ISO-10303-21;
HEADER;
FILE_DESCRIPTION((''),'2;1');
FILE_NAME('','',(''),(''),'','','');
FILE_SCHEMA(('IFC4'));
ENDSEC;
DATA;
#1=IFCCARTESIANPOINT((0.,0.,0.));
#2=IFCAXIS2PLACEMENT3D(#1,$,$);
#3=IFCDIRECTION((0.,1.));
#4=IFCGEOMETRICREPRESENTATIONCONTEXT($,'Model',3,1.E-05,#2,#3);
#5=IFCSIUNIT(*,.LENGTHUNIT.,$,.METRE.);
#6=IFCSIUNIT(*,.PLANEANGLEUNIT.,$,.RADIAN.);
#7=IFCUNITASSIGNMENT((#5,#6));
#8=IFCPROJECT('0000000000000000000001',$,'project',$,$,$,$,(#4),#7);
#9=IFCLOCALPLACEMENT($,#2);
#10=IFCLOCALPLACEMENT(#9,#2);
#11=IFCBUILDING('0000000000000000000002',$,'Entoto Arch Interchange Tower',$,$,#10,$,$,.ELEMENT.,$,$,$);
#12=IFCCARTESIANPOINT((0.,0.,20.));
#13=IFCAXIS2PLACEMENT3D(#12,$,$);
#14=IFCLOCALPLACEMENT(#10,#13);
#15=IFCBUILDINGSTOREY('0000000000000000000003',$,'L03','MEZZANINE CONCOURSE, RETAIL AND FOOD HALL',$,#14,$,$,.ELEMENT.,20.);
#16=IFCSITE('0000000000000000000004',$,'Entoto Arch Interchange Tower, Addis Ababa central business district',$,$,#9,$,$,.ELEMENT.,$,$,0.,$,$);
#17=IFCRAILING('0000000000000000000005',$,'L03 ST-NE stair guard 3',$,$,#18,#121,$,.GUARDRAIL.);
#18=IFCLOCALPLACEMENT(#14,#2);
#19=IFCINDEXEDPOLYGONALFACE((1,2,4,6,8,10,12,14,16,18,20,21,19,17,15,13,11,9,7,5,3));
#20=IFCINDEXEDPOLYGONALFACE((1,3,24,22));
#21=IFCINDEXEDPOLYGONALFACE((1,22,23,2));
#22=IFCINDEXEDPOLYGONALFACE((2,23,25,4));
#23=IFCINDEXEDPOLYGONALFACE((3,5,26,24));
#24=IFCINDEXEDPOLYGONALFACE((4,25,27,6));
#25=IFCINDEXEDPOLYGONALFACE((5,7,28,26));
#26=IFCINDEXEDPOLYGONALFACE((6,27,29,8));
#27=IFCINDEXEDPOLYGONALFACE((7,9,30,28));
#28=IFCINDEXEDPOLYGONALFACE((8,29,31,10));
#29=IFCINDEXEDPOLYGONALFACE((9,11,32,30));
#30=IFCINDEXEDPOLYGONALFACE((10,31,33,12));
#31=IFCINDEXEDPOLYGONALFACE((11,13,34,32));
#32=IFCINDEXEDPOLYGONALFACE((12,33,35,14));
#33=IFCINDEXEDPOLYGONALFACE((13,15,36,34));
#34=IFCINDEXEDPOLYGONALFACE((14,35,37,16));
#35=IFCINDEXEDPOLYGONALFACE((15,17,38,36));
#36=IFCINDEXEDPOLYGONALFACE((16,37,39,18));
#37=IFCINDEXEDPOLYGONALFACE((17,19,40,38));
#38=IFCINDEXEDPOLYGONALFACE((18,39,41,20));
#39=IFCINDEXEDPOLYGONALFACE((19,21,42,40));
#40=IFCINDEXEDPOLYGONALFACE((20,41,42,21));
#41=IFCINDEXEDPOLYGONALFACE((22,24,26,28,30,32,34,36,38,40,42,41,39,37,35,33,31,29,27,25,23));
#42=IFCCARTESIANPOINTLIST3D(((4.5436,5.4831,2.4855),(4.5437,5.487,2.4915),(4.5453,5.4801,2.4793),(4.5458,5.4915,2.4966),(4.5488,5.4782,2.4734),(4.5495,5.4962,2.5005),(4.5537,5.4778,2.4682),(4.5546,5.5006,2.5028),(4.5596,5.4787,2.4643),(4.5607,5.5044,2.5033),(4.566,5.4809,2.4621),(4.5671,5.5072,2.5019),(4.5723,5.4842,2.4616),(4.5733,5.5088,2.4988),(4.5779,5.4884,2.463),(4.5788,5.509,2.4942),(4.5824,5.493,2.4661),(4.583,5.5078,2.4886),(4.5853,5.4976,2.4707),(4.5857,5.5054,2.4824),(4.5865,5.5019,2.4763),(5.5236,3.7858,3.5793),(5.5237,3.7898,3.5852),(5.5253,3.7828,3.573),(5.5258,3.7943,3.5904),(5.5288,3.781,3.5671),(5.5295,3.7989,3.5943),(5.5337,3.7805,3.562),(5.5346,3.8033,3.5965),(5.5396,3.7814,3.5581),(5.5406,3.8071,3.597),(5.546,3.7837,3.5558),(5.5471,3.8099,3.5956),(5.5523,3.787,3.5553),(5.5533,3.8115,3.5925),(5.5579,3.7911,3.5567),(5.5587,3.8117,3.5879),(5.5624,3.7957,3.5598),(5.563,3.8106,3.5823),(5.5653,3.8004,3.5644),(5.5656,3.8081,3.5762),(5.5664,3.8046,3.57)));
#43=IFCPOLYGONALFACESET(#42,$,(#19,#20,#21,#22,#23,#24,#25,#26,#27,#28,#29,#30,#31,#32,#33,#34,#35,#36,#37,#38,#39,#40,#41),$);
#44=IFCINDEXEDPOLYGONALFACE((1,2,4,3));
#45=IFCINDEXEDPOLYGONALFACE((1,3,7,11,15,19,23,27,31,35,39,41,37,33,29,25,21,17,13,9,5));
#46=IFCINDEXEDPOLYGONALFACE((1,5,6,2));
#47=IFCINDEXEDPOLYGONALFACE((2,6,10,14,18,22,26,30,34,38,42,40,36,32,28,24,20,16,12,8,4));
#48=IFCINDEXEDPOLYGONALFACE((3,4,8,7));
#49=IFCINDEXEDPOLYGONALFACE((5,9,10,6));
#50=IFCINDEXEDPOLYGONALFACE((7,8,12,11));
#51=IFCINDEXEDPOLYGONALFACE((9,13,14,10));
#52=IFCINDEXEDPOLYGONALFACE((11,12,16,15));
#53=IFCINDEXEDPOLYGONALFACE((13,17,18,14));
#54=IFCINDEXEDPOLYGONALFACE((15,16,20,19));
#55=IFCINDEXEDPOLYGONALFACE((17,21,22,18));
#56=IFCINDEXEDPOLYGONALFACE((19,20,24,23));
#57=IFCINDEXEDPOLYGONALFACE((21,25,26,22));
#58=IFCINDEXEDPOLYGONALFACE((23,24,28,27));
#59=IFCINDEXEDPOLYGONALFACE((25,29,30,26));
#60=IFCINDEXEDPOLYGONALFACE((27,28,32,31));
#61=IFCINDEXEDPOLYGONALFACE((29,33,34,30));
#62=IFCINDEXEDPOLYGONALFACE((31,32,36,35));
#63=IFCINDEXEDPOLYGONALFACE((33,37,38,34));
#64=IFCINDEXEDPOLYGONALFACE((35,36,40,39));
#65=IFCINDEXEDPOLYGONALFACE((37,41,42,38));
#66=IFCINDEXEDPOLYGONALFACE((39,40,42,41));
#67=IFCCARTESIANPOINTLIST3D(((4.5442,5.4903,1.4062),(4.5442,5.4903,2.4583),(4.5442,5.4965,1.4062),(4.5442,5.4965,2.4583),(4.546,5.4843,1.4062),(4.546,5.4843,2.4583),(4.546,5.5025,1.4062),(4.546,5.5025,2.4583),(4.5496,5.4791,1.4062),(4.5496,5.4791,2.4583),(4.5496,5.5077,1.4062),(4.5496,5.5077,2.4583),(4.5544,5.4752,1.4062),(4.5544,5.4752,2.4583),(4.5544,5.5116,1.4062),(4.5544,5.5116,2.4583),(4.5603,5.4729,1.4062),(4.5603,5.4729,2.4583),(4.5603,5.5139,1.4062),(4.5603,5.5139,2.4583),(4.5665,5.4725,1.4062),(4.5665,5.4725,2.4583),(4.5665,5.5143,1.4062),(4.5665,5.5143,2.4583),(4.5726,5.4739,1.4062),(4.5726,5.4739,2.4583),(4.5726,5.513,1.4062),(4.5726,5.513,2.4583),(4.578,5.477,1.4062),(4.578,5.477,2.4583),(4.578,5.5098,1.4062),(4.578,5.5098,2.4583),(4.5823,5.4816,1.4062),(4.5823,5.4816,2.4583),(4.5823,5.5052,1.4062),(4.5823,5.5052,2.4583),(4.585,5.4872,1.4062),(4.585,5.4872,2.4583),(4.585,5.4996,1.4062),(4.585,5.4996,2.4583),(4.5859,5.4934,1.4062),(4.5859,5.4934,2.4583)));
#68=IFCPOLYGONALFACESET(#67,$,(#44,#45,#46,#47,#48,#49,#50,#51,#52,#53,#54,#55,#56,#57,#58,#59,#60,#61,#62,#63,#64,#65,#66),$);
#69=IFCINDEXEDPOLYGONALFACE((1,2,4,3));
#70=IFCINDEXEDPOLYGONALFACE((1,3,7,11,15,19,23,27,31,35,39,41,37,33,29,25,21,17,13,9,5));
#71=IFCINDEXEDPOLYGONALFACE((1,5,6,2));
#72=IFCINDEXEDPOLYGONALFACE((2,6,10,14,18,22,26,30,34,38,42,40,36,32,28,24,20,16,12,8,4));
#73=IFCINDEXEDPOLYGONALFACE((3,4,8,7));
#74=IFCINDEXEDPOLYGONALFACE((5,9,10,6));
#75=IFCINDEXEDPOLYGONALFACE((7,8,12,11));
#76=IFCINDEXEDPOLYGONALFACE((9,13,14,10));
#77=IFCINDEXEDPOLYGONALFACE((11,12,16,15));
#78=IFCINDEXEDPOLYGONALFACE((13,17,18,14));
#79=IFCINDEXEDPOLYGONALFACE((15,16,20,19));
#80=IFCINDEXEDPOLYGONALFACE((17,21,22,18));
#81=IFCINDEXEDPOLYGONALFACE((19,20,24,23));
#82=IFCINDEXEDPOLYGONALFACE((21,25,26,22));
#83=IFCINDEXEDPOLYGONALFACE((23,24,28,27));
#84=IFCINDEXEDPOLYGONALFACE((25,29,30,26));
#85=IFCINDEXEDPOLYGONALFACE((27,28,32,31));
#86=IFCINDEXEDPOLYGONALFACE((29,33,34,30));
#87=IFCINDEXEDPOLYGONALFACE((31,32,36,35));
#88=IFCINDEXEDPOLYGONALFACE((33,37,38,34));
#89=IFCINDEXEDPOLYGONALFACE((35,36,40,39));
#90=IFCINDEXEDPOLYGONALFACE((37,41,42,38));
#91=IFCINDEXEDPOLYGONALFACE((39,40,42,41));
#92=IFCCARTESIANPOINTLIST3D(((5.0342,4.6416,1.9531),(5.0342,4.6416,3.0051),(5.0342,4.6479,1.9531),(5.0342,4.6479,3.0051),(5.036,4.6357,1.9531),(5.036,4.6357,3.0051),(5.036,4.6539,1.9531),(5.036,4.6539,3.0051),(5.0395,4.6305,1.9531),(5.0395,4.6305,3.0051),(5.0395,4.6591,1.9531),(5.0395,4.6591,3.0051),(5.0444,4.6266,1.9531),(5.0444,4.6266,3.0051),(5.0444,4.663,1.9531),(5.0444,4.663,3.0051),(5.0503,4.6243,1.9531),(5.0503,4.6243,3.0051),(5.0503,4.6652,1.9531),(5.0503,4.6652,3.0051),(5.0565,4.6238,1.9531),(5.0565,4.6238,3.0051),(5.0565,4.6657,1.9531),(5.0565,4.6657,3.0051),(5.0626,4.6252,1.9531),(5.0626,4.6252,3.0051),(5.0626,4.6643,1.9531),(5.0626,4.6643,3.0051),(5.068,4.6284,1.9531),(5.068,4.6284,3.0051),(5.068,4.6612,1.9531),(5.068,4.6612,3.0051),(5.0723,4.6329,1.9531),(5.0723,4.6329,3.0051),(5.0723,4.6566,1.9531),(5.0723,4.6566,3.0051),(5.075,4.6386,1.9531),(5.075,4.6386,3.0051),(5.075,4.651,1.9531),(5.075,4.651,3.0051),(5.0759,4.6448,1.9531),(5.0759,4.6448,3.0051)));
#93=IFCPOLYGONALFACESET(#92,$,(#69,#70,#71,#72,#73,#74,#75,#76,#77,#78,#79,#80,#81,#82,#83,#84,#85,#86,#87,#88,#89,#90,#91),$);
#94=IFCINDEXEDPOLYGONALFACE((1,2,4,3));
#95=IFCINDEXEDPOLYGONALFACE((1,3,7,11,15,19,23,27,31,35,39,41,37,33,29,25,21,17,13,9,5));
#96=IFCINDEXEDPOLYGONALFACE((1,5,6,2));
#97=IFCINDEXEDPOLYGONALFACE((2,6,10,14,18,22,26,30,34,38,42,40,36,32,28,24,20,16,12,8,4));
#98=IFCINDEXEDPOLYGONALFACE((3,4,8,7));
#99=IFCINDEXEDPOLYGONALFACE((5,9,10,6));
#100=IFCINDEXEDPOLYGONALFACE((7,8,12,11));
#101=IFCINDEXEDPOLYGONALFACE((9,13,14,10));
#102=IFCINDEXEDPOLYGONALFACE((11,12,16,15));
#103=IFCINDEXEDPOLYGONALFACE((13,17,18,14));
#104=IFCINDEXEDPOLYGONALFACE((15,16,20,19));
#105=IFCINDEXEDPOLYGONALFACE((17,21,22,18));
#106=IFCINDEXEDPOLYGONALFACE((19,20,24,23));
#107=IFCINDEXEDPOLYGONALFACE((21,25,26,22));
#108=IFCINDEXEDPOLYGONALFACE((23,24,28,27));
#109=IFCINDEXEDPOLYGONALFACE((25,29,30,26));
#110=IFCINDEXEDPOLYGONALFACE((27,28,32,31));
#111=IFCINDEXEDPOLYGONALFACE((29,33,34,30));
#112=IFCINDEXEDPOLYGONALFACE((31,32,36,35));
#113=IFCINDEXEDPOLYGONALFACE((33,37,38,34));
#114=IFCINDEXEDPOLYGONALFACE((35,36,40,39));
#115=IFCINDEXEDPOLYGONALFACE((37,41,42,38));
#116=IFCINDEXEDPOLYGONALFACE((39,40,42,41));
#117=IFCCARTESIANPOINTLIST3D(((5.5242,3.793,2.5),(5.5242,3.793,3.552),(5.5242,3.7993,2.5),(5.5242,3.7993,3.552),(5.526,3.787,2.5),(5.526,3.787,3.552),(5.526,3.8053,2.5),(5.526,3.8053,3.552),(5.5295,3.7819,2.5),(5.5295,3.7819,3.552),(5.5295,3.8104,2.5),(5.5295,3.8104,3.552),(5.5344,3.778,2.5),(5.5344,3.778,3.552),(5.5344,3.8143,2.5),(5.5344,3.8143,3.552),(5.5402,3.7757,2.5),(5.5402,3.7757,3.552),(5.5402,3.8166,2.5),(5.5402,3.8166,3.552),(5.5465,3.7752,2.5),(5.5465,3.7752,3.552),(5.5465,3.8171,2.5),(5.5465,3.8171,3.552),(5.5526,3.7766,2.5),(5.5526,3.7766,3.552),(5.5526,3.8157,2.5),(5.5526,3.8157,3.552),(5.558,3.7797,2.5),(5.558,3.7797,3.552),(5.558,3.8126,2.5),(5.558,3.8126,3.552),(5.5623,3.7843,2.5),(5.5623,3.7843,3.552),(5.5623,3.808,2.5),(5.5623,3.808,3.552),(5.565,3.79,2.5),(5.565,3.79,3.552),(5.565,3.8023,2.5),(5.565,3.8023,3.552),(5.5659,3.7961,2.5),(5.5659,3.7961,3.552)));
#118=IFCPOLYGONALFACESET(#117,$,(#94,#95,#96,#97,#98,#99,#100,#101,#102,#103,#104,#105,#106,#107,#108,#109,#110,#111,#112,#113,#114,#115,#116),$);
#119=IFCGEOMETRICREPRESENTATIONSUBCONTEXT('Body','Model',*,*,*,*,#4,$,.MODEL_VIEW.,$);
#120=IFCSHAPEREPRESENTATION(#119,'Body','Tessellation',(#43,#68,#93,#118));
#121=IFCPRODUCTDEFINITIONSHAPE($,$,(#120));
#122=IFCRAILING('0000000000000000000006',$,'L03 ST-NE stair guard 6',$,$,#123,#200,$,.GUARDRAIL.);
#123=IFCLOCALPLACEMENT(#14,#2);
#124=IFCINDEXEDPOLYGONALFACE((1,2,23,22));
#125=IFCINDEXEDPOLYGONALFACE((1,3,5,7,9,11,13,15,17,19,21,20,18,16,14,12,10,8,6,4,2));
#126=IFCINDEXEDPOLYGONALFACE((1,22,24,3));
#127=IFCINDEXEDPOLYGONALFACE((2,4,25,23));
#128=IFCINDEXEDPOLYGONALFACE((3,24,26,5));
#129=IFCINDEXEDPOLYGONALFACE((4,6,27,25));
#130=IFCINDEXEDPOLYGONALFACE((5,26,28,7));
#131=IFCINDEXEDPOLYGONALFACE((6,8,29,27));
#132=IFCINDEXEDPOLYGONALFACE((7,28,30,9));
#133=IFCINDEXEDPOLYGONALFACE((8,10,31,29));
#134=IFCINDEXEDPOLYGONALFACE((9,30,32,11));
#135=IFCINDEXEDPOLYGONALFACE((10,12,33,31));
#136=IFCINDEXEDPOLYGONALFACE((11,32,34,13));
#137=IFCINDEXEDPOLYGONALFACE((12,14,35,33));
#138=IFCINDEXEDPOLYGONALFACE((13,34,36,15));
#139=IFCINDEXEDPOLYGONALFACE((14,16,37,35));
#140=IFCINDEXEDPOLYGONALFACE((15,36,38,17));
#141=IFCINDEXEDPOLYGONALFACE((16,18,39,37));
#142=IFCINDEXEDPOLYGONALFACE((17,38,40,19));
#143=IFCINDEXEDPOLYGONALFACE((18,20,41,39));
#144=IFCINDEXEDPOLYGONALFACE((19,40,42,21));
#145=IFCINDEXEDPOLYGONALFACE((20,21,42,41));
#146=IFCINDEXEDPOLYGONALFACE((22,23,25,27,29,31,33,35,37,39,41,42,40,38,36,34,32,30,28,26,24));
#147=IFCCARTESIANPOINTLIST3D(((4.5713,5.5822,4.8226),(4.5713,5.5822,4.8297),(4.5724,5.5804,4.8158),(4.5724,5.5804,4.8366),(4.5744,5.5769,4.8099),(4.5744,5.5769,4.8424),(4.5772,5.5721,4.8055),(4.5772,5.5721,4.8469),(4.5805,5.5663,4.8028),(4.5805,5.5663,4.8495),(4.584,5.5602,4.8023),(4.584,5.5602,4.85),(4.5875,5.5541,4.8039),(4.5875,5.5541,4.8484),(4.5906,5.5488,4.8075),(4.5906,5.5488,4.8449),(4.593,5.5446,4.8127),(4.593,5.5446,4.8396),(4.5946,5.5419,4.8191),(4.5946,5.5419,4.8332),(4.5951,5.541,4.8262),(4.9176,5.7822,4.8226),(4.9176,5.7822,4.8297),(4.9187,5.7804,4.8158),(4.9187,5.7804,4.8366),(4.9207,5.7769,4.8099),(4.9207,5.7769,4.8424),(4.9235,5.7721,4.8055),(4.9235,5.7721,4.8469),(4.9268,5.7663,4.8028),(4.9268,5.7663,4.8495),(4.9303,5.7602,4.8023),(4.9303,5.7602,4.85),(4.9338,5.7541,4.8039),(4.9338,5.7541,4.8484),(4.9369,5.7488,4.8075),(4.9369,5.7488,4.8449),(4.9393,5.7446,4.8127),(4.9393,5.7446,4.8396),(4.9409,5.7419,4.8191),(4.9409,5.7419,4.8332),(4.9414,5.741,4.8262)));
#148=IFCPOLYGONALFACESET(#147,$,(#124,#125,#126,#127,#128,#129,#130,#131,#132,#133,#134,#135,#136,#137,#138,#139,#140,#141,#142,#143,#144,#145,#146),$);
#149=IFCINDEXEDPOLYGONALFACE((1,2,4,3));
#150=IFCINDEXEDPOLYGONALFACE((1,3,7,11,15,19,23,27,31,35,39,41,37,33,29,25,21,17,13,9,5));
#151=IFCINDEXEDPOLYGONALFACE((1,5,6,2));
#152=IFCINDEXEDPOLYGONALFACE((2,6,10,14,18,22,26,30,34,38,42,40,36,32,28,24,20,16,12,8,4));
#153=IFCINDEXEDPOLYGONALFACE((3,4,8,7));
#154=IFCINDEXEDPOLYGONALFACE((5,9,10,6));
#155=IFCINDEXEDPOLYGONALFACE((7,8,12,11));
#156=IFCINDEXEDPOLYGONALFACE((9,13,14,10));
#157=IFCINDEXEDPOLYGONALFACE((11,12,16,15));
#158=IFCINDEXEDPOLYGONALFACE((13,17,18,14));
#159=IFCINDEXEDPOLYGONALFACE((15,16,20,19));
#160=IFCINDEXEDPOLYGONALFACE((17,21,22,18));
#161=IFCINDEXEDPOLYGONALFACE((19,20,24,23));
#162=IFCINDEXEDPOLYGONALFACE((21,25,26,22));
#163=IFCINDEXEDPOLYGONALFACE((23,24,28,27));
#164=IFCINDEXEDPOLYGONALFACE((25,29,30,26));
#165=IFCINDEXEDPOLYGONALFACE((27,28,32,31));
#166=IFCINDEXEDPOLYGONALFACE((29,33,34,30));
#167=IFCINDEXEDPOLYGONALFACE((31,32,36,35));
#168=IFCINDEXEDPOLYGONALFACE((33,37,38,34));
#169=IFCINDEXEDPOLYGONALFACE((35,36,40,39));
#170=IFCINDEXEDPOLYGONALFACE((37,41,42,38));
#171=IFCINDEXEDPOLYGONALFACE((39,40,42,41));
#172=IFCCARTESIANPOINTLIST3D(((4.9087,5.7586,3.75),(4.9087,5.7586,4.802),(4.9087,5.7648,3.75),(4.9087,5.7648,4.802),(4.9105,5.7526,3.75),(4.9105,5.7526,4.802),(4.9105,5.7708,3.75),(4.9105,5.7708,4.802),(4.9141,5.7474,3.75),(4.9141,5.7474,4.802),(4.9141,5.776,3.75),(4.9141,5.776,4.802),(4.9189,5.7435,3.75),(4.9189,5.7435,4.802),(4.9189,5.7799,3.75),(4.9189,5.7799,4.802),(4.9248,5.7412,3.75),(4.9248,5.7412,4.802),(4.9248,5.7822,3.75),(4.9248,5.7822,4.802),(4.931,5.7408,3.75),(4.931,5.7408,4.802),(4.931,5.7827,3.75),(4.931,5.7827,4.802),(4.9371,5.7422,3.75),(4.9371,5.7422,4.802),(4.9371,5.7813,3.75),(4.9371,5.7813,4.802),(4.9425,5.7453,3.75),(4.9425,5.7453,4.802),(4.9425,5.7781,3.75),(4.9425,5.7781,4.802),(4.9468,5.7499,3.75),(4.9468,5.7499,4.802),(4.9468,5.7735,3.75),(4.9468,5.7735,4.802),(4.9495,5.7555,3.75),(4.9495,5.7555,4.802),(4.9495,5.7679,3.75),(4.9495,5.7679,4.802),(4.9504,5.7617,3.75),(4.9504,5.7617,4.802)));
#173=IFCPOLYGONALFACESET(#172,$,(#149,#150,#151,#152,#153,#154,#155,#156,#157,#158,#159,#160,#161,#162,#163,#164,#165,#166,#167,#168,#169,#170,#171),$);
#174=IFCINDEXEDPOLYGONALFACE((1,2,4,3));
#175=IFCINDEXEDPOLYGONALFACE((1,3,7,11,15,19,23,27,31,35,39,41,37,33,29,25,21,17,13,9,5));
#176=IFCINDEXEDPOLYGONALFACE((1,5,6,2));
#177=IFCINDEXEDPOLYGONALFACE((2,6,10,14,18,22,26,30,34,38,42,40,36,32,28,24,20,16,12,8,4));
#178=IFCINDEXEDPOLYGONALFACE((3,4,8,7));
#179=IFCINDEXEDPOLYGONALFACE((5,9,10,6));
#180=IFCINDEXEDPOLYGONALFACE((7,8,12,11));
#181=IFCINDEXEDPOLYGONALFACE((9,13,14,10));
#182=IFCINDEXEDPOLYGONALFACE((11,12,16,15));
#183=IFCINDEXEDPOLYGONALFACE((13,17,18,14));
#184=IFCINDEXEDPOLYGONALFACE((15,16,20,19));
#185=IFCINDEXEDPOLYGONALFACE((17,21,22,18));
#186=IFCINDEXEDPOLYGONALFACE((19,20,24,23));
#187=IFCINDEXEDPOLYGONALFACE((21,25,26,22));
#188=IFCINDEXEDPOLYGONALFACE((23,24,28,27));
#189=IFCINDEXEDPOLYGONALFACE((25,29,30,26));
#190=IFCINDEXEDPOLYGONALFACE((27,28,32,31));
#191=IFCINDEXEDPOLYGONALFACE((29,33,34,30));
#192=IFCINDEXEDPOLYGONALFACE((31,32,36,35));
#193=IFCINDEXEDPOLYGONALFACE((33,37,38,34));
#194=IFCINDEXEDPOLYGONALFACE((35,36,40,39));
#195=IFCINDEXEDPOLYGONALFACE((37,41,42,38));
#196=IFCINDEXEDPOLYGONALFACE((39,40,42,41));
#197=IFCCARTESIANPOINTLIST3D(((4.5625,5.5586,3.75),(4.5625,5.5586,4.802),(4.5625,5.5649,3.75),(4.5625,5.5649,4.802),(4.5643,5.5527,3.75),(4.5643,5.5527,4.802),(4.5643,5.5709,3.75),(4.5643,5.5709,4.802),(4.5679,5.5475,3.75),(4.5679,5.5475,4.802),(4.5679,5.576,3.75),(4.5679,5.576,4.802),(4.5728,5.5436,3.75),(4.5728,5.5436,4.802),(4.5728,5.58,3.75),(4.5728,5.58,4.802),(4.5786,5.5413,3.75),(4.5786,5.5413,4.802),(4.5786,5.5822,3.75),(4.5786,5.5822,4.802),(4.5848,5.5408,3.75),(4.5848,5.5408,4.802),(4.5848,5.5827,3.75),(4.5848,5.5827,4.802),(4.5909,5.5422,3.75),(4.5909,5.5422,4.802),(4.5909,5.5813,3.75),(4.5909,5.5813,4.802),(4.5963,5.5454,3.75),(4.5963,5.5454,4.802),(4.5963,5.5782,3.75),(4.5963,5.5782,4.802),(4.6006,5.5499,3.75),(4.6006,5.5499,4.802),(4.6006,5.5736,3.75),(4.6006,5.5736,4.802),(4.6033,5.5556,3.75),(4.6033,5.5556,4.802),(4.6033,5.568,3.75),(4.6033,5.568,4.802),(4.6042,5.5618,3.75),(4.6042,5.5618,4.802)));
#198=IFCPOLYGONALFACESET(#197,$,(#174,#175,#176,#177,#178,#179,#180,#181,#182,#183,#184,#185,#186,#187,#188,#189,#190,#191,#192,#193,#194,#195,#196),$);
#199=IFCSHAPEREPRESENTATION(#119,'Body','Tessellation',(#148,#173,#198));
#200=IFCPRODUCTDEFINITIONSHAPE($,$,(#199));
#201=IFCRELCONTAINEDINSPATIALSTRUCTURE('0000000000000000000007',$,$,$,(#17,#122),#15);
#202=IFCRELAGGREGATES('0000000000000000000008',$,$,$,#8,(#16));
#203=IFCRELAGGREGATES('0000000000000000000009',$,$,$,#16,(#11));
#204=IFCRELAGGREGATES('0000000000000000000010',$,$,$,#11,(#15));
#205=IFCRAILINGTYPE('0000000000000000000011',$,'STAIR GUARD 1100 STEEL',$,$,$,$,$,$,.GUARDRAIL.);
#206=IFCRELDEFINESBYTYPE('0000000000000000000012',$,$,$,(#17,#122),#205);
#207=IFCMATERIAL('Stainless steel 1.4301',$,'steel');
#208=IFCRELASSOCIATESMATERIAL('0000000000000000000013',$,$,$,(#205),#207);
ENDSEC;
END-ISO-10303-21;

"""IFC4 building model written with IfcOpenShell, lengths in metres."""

from ifc_helpers import new_model, si_unit, direction, frame, origin, origin_2d, place, context, subcontext, project, spatial, circle, extrude, material, type_object, element, save


model = new_model("IFC4")

# Units and contexts
model_context = context("Model", 3, precision=1e-05, world=origin(), true_north=direction((0.0, 1.0)))
body_context = subcontext(model_context, "Body", "Model", "MODEL_VIEW")
ifc_project = project(units=[si_unit("LENGTHUNIT", "METRE"), si_unit("PLANEANGLEUNIT", "RADIAN")], contexts=[model_context])

# Site, building, storey
site_placement = place(None, origin())
site = spatial("IfcSite", under=ifc_project, at=site_placement, Name="Entoto Arch Interchange Tower, Addis Ababa central business district", CompositionType="ELEMENT", RefElevation=0.0)
building_placement = place(site_placement, origin())
building = spatial("IfcBuilding", under=site, at=building_placement, Name="Entoto Arch Interchange Tower", CompositionType="ELEMENT")
storey_placement = place(building_placement, frame((0.0, 0.0, 20.0)))
storey = spatial("IfcBuildingStorey", under=building, at=storey_placement, Name="L03", Description="MEZZANINE CONCOURSE, RETAIL AND FOOD HALL", CompositionType="ELEMENT", Elevation=20.0)

# Railings
ifc_material_1 = material(Name="Stainless steel 1.4301", Category="steel")
railing_type_1 = type_object("IfcRailingType", Name="STAIR GUARD 1100 STEEL", PredefinedType="GUARDRAIL", material=ifc_material_1)
railing_1_placement = place(storey_placement, frame((4.5649, 5.4934, 1.4062)))
element("IfcRailing", 1, at=railing_1_placement, inside=storey, type_object=railing_type_1, Name="L03 ST-NE stair guard 3", PredefinedType="GUARDRAIL", context=body_context, shape_type="SweptSolid", body=[
    extrude(circle(Radius=0.0239, at=origin_2d()), frame((0.0, 0.0, 1.0762), z_axis=(0.436632, -0.75622, 0.487323), x_axis=(0.866011, 0.500024, 0.0)), (0.0, 0.0, 1.0), 2.2444),
    extrude(circle(Radius=0.021, at=origin_2d()), origin(), (0.0, 0.0, 1.0), 1.052),
    extrude(circle(Radius=0.021, at=origin_2d()), frame((0.49, -0.8486, 0.5469)), (0.0, 0.0, 1.0), 1.052),
    extrude(circle(Radius=0.021, at=origin_2d()), frame((0.98, -1.6973, 1.0938)), (0.0, 0.0, 1.0), 1.052),
])
railing_2_placement = place(storey_placement, frame((4.9294, 5.7617, 3.75)))
element("IfcRailing", 2, at=railing_2_placement, inside=storey, type_object=railing_type_1, Name="L03 ST-NE stair guard 6", PredefinedType="GUARDRAIL", context=body_context, shape_type="SweptSolid", body=[
    extrude(circle(Radius=0.0239, at=origin_2d()), frame((0.0, 0.0, 1.0762), z_axis=(-0.865941, -0.500145, 0.0), x_axis=(0.500145, -0.865941, 0.0)), (0.0, 0.0, 1.0), 0.3999),
    extrude(circle(Radius=0.021, at=origin_2d()), origin(), (0.0, 0.0, 1.0), 1.052),
    extrude(circle(Radius=0.021, at=origin_2d()), frame((-0.3462, -0.2, 0.0)), (0.0, 0.0, 1.0), 1.052),
])

save(model, "model.ifc")
